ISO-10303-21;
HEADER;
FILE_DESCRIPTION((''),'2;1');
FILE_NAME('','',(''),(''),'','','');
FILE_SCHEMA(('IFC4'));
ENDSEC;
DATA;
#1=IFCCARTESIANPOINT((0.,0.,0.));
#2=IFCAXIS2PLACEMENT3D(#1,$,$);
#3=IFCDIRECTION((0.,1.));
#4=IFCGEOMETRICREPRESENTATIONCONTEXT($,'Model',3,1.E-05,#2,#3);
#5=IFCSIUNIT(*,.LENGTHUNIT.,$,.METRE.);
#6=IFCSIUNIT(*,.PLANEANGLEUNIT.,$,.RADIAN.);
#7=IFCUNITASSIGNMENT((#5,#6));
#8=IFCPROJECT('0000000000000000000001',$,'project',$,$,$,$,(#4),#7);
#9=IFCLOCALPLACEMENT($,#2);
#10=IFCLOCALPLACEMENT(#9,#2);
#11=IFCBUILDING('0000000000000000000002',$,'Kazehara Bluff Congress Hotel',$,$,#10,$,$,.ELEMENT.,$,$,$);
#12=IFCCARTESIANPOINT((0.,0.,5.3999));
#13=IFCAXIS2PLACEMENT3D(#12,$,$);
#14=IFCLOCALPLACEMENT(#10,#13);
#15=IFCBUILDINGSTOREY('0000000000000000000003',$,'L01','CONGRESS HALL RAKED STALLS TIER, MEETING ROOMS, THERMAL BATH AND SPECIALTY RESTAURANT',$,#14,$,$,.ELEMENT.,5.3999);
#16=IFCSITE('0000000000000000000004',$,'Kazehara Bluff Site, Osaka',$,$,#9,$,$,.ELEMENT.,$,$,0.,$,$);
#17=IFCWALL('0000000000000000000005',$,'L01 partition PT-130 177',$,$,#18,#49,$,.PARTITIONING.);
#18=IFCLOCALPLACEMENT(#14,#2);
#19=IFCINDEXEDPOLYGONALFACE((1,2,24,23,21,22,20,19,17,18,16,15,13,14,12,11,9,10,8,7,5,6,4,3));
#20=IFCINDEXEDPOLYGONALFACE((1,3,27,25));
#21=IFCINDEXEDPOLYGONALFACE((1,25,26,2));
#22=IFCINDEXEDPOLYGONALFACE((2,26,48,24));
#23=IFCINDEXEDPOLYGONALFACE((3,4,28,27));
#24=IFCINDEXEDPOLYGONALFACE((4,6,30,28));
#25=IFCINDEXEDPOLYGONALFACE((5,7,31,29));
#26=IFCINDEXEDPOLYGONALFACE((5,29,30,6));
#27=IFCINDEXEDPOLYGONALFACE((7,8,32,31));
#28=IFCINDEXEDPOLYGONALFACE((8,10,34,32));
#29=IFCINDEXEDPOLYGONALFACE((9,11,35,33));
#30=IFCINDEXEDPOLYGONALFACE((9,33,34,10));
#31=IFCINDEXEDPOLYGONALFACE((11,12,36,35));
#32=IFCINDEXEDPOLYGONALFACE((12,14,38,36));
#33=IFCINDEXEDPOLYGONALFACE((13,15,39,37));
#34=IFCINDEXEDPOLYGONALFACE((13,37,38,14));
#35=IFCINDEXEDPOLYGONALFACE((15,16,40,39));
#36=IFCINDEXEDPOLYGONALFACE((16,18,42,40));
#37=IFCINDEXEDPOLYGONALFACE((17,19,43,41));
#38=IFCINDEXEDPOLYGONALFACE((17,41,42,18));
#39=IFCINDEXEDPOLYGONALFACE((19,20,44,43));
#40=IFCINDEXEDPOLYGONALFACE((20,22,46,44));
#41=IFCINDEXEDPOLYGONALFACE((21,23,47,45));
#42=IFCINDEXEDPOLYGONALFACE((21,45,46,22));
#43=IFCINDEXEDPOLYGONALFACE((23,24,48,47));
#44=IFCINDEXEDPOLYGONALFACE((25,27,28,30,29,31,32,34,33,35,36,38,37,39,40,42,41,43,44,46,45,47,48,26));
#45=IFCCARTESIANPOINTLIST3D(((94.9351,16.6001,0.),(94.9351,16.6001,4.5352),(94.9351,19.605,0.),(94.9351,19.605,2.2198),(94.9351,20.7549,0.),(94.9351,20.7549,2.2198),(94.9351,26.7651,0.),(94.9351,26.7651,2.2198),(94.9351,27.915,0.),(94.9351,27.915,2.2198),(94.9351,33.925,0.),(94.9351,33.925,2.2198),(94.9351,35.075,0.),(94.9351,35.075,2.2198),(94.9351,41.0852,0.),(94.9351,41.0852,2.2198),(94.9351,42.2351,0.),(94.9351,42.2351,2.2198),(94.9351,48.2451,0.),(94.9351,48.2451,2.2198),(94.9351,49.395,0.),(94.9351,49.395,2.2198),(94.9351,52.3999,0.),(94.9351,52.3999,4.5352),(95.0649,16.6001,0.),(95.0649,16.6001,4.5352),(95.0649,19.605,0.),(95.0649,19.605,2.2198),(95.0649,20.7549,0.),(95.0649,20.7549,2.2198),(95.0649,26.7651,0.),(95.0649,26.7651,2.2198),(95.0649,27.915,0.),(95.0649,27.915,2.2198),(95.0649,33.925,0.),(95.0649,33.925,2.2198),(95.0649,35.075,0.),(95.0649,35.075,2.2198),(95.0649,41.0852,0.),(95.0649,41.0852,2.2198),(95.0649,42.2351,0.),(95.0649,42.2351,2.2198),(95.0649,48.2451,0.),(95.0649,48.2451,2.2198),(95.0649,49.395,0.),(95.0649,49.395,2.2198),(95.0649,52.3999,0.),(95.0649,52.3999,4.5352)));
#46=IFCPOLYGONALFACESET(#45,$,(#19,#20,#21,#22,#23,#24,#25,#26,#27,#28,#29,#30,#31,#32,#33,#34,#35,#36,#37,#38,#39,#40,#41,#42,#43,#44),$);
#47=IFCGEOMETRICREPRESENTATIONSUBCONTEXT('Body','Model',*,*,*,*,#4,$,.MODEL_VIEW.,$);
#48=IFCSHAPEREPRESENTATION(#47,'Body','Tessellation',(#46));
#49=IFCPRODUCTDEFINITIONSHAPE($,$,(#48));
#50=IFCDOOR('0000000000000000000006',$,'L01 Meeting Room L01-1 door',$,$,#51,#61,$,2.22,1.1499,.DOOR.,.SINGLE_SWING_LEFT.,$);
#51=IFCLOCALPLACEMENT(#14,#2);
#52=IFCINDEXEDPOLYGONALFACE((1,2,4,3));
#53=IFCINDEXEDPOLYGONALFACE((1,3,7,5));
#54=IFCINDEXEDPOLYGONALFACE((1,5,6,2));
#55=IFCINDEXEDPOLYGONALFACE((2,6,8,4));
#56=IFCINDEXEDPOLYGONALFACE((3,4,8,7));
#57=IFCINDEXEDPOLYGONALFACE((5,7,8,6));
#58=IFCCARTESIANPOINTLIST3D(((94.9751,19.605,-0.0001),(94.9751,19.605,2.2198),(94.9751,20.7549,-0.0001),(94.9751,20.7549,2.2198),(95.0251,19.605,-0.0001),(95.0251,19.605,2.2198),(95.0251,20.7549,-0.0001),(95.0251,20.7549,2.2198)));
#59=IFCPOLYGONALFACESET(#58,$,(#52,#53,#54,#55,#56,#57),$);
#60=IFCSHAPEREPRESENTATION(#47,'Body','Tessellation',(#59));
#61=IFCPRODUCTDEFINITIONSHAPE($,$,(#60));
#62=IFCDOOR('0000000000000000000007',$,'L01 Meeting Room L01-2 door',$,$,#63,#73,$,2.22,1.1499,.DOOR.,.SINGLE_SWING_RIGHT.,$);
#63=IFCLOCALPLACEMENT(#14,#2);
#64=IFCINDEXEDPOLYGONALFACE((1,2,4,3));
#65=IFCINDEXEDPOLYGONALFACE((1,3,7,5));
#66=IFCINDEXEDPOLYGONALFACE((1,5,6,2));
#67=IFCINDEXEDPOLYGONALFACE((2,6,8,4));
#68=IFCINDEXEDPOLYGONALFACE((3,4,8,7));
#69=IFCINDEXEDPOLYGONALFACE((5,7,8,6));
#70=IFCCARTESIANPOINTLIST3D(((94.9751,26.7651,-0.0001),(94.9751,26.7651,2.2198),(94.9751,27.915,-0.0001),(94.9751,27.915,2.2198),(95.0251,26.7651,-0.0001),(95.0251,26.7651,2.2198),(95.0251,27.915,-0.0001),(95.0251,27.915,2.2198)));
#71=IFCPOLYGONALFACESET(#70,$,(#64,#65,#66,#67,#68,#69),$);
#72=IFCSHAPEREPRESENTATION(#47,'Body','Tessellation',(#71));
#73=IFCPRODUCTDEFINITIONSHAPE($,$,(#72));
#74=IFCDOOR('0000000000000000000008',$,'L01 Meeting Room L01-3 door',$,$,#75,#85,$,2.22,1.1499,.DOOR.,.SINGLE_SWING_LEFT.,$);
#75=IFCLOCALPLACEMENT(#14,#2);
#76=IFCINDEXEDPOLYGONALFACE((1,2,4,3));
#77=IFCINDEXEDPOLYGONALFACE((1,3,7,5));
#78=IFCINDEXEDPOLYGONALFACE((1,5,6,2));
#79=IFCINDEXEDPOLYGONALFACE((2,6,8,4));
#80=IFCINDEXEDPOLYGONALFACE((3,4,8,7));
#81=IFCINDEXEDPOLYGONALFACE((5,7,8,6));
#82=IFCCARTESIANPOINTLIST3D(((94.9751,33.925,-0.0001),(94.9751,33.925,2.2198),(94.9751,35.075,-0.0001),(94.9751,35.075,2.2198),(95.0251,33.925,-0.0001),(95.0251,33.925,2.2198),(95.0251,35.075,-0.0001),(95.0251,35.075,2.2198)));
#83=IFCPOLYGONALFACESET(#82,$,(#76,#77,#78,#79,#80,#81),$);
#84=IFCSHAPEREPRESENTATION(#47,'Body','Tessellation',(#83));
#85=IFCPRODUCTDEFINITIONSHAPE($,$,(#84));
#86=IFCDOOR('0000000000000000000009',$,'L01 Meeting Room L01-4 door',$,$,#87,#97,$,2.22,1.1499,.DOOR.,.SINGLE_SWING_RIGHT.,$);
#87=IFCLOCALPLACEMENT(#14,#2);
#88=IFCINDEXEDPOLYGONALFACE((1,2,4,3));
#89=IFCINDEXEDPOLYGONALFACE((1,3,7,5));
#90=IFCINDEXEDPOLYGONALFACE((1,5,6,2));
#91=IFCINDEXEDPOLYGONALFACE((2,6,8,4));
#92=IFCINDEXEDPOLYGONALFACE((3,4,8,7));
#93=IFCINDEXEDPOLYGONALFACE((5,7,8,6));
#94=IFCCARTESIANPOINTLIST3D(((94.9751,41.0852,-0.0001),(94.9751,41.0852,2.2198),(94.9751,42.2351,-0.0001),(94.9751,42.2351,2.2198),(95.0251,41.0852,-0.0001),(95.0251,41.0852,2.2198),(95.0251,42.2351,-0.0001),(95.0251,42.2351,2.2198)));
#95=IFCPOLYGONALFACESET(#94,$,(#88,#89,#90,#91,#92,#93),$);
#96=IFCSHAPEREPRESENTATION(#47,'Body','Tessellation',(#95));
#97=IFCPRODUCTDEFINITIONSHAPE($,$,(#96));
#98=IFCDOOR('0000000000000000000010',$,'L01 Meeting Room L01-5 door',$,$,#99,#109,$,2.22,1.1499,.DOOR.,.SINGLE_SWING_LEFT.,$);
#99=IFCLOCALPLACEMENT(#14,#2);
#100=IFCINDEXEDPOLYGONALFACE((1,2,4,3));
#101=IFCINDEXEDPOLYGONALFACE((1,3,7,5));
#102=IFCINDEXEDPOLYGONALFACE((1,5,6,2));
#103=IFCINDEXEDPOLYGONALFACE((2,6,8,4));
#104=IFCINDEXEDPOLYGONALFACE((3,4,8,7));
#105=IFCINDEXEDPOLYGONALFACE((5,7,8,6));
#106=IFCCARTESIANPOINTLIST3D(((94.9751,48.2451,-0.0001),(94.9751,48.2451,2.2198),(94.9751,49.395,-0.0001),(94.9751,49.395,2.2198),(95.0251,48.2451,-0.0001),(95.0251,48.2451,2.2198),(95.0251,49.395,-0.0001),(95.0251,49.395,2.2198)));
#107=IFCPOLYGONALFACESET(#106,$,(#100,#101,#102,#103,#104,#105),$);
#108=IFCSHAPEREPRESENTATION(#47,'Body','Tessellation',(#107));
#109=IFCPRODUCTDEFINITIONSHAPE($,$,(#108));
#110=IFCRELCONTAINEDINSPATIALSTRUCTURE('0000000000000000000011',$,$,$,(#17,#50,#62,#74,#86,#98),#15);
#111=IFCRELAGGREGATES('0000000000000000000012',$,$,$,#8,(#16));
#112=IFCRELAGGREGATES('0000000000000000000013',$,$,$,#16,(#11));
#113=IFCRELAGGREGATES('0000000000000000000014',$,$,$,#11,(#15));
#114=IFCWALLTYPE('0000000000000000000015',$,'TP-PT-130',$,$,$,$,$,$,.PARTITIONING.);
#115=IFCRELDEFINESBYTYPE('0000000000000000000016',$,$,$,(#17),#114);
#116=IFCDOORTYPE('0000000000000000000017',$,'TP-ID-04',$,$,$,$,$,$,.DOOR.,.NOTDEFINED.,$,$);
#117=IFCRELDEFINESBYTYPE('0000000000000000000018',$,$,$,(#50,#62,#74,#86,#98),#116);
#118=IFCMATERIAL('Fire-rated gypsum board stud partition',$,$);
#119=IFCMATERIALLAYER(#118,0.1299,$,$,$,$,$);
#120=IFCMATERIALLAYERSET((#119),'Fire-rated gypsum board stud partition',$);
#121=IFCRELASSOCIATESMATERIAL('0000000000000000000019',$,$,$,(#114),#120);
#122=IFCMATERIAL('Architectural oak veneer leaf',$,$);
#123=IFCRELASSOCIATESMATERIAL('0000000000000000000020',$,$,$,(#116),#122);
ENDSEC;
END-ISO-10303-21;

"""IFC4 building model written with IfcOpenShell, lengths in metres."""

from ifc_helpers import new_model, si_unit, direction, frame, frame_2d, origin, place, context, subcontext, project, spatial, rectangle, extrude, material, layer, layer_set, type_object, element, fill, save


model = new_model("IFC4")

# Units and contexts
model_context = context("Model", 3, precision=1e-05, world=origin(), true_north=direction((0.0, 1.0)))
body_context = subcontext(model_context, "Body", "Model", "MODEL_VIEW")
ifc_project = project(units=[si_unit("LENGTHUNIT", "METRE"), si_unit("PLANEANGLEUNIT", "RADIAN")], contexts=[model_context])

# Site, building, storey
site_placement = place(None, origin())
site = spatial("IfcSite", under=ifc_project, at=site_placement, Name="Kazehara Bluff Site, Osaka", CompositionType="ELEMENT", RefElevation=0.0)
building_placement = place(site_placement, origin())
building = spatial("IfcBuilding", under=site, at=building_placement, Name="Kazehara Bluff Congress Hotel", CompositionType="ELEMENT")
storey_placement = place(building_placement, frame((0.0, 0.0, 5.3999)))
storey = spatial("IfcBuildingStorey", under=building, at=storey_placement, Name="L01", Description="CONGRESS HALL RAKED STALLS TIER, MEETING ROOMS, THERMAL BATH AND SPECIALTY RESTAURANT", CompositionType="ELEMENT", Elevation=5.3999)

# Shared definitions
ifc_material_1 = material(Name="Fire-rated gypsum board stud partition")
ifc_layer_1 = layer(ifc_material_1, 0.1299)
ifc_layer_set_1 = layer_set([ifc_layer_1], Name="Fire-rated gypsum board stud partition")
wall_type = type_object("IfcWallType", Name="TP-PT-130", PredefinedType="PARTITIONING", material=ifc_layer_set_1)

# Wall, openings, doors
wall_1_placement = place(storey_placement, frame((95.0, 16.6001, 0.0), z_axis=(0.0, 0.0, 1.0), x_axis=(0.0, 1.0, 0.0)))
wall_1 = element("IfcWall", 1, at=wall_1_placement, inside=storey, type_object=wall_type, Name="L01 partition PT-130 177", PredefinedType="PARTITIONING", context=body_context, shape_type="SweptSolid", body=[
    extrude(rectangle(XDim=35.7998, YDim=0.1299, at=frame_2d((17.8999, 0.0))), origin(), (0.0, 0.0, 1.0), 4.5352),
])
opening_1_placement = place(wall_1_placement, frame((3.0049, 0.0, 0.0)))
opening_1 = element("IfcOpeningElement", 2, at=opening_1_placement, cuts=wall_1, PredefinedType="OPENING", context=body_context, shape_type="SweptSolid", body=[
    extrude(rectangle(XDim=1.1499, YDim=2.22, at=frame_2d((0.575, 1.1099))), frame((0.0, 0.075, 0.0), z_axis=(0.0, -1.0, 0.0), x_axis=(1.0, 0.0, 0.0)), (0.0, 0.0, 1.0), 0.1499),
])
opening_2_placement = place(wall_1_placement, frame((10.165, 0.0, 0.0)))
opening_2 = element("IfcOpeningElement", 3, at=opening_2_placement, cuts=wall_1, PredefinedType="OPENING", context=body_context, shape_type="SweptSolid", body=[
    extrude(rectangle(XDim=1.1499, YDim=2.22, at=frame_2d((0.575, 1.1099))), frame((0.0, 0.075, 0.0), z_axis=(0.0, -1.0, 0.0), x_axis=(1.0, 0.0, 0.0)), (0.0, 0.0, 1.0), 0.1499),
])
opening_3_placement = place(wall_1_placement, frame((17.325, 0.0, 0.0)))
opening_3 = element("IfcOpeningElement", 4, at=opening_3_placement, cuts=wall_1, PredefinedType="OPENING", context=body_context, shape_type="SweptSolid", body=[
    extrude(rectangle(XDim=1.1499, YDim=2.22, at=frame_2d((0.575, 1.1099))), frame((0.0, 0.075, 0.0), z_axis=(0.0, -1.0, 0.0), x_axis=(1.0, 0.0, 0.0)), (0.0, 0.0, 1.0), 0.1499),
])
opening_4_placement = place(wall_1_placement, frame((24.4851, 0.0, 0.0)))
opening_4 = element("IfcOpeningElement", 5, at=opening_4_placement, cuts=wall_1, PredefinedType="OPENING", context=body_context, shape_type="SweptSolid", body=[
    extrude(rectangle(XDim=1.1499, YDim=2.22, at=frame_2d((0.575, 1.1099))), frame((0.0, 0.075, 0.0), z_axis=(0.0, -1.0, 0.0), x_axis=(1.0, 0.0, 0.0)), (0.0, 0.0, 1.0), 0.1499),
])
opening_5_placement = place(wall_1_placement, frame((31.645, 0.0, 0.0)))
opening_5 = element("IfcOpeningElement", 6, at=opening_5_placement, cuts=wall_1, PredefinedType="OPENING", context=body_context, shape_type="SweptSolid", body=[
    extrude(rectangle(XDim=1.1499, YDim=2.22, at=frame_2d((0.575, 1.1099))), frame((0.0, 0.075, 0.0), z_axis=(0.0, -1.0, 0.0), x_axis=(1.0, 0.0, 0.0)), (0.0, 0.0, 1.0), 0.1499),
])
ifc_material_2 = material(Name="Architectural oak veneer leaf")
door_type = type_object("IfcDoorType", Name="TP-ID-04", OperationType="NOTDEFINED", PredefinedType="DOOR", material=ifc_material_2)
door_1_placement = place(opening_1_placement, origin())
door_1 = element("IfcDoor", 7, at=door_1_placement, inside=storey, type_object=door_type, Name="L01 Meeting Room L01-1 door", OperationType="SINGLE_SWING_LEFT", OverallHeight=2.22, OverallWidth=1.1499, PredefinedType="DOOR", context=body_context, shape_type="SweptSolid", body=[
    extrude(rectangle(XDim=1.1499, YDim=2.22, at=frame_2d((0.575, 1.1099))), frame((0.0, 0.0249, 0.0), z_axis=(0.0, -1.0, 0.0), x_axis=(1.0, 0.0, 0.0)), (0.0, 0.0, 1.0), 0.05),
])
fill(opening_1, door_1)
door_2_placement = place(opening_2_placement, origin())
door_2 = element("IfcDoor", 8, at=door_2_placement, inside=storey, type_object=door_type, Name="L01 Meeting Room L01-2 door", OperationType="SINGLE_SWING_RIGHT", OverallHeight=2.22, OverallWidth=1.1499, PredefinedType="DOOR", context=body_context, shape_type="SweptSolid", body=[
    extrude(rectangle(XDim=1.1499, YDim=2.22, at=frame_2d((0.575, 1.1099))), frame((0.0, 0.0249, 0.0), z_axis=(0.0, -1.0, 0.0), x_axis=(1.0, 0.0, 0.0)), (0.0, 0.0, 1.0), 0.05),
])
fill(opening_2, door_2)
door_3_placement = place(opening_3_placement, origin())
door_3 = element("IfcDoor", 9, at=door_3_placement, inside=storey, type_object=door_type, Name="L01 Meeting Room L01-3 door", OperationType="SINGLE_SWING_LEFT", OverallHeight=2.22, OverallWidth=1.1499, PredefinedType="DOOR", context=body_context, shape_type="SweptSolid", body=[
    extrude(rectangle(XDim=1.1499, YDim=2.22, at=frame_2d((0.575, 1.1099))), frame((0.0, 0.0249, 0.0), z_axis=(0.0, -1.0, 0.0), x_axis=(1.0, 0.0, 0.0)), (0.0, 0.0, 1.0), 0.05),
])
fill(opening_3, door_3)
door_4_placement = place(opening_4_placement, origin())
door_4 = element("IfcDoor", 10, at=door_4_placement, inside=storey, type_object=door_type, Name="L01 Meeting Room L01-4 door", OperationType="SINGLE_SWING_RIGHT", OverallHeight=2.22, OverallWidth=1.1499, PredefinedType="DOOR", context=body_context, shape_type="SweptSolid", body=[
    extrude(rectangle(XDim=1.1499, YDim=2.22, at=frame_2d((0.575, 1.1099))), frame((0.0, 0.0249, 0.0), z_axis=(0.0, -1.0, 0.0), x_axis=(1.0, 0.0, 0.0)), (0.0, 0.0, 1.0), 0.05),
])
fill(opening_4, door_4)
door_5_placement = place(opening_5_placement, origin())
door_5 = element("IfcDoor", 11, at=door_5_placement, inside=storey, type_object=door_type, Name="L01 Meeting Room L01-5 door", OperationType="SINGLE_SWING_LEFT", OverallHeight=2.22, OverallWidth=1.1499, PredefinedType="DOOR", context=body_context, shape_type="SweptSolid", body=[
    extrude(rectangle(XDim=1.1499, YDim=2.22, at=frame_2d((0.575, 1.1099))), frame((0.0, 0.0249, 0.0), z_axis=(0.0, -1.0, 0.0), x_axis=(1.0, 0.0, 0.0)), (0.0, 0.0, 1.0), 0.05),
])
fill(opening_5, door_5)

save(model, "model.ifc")
